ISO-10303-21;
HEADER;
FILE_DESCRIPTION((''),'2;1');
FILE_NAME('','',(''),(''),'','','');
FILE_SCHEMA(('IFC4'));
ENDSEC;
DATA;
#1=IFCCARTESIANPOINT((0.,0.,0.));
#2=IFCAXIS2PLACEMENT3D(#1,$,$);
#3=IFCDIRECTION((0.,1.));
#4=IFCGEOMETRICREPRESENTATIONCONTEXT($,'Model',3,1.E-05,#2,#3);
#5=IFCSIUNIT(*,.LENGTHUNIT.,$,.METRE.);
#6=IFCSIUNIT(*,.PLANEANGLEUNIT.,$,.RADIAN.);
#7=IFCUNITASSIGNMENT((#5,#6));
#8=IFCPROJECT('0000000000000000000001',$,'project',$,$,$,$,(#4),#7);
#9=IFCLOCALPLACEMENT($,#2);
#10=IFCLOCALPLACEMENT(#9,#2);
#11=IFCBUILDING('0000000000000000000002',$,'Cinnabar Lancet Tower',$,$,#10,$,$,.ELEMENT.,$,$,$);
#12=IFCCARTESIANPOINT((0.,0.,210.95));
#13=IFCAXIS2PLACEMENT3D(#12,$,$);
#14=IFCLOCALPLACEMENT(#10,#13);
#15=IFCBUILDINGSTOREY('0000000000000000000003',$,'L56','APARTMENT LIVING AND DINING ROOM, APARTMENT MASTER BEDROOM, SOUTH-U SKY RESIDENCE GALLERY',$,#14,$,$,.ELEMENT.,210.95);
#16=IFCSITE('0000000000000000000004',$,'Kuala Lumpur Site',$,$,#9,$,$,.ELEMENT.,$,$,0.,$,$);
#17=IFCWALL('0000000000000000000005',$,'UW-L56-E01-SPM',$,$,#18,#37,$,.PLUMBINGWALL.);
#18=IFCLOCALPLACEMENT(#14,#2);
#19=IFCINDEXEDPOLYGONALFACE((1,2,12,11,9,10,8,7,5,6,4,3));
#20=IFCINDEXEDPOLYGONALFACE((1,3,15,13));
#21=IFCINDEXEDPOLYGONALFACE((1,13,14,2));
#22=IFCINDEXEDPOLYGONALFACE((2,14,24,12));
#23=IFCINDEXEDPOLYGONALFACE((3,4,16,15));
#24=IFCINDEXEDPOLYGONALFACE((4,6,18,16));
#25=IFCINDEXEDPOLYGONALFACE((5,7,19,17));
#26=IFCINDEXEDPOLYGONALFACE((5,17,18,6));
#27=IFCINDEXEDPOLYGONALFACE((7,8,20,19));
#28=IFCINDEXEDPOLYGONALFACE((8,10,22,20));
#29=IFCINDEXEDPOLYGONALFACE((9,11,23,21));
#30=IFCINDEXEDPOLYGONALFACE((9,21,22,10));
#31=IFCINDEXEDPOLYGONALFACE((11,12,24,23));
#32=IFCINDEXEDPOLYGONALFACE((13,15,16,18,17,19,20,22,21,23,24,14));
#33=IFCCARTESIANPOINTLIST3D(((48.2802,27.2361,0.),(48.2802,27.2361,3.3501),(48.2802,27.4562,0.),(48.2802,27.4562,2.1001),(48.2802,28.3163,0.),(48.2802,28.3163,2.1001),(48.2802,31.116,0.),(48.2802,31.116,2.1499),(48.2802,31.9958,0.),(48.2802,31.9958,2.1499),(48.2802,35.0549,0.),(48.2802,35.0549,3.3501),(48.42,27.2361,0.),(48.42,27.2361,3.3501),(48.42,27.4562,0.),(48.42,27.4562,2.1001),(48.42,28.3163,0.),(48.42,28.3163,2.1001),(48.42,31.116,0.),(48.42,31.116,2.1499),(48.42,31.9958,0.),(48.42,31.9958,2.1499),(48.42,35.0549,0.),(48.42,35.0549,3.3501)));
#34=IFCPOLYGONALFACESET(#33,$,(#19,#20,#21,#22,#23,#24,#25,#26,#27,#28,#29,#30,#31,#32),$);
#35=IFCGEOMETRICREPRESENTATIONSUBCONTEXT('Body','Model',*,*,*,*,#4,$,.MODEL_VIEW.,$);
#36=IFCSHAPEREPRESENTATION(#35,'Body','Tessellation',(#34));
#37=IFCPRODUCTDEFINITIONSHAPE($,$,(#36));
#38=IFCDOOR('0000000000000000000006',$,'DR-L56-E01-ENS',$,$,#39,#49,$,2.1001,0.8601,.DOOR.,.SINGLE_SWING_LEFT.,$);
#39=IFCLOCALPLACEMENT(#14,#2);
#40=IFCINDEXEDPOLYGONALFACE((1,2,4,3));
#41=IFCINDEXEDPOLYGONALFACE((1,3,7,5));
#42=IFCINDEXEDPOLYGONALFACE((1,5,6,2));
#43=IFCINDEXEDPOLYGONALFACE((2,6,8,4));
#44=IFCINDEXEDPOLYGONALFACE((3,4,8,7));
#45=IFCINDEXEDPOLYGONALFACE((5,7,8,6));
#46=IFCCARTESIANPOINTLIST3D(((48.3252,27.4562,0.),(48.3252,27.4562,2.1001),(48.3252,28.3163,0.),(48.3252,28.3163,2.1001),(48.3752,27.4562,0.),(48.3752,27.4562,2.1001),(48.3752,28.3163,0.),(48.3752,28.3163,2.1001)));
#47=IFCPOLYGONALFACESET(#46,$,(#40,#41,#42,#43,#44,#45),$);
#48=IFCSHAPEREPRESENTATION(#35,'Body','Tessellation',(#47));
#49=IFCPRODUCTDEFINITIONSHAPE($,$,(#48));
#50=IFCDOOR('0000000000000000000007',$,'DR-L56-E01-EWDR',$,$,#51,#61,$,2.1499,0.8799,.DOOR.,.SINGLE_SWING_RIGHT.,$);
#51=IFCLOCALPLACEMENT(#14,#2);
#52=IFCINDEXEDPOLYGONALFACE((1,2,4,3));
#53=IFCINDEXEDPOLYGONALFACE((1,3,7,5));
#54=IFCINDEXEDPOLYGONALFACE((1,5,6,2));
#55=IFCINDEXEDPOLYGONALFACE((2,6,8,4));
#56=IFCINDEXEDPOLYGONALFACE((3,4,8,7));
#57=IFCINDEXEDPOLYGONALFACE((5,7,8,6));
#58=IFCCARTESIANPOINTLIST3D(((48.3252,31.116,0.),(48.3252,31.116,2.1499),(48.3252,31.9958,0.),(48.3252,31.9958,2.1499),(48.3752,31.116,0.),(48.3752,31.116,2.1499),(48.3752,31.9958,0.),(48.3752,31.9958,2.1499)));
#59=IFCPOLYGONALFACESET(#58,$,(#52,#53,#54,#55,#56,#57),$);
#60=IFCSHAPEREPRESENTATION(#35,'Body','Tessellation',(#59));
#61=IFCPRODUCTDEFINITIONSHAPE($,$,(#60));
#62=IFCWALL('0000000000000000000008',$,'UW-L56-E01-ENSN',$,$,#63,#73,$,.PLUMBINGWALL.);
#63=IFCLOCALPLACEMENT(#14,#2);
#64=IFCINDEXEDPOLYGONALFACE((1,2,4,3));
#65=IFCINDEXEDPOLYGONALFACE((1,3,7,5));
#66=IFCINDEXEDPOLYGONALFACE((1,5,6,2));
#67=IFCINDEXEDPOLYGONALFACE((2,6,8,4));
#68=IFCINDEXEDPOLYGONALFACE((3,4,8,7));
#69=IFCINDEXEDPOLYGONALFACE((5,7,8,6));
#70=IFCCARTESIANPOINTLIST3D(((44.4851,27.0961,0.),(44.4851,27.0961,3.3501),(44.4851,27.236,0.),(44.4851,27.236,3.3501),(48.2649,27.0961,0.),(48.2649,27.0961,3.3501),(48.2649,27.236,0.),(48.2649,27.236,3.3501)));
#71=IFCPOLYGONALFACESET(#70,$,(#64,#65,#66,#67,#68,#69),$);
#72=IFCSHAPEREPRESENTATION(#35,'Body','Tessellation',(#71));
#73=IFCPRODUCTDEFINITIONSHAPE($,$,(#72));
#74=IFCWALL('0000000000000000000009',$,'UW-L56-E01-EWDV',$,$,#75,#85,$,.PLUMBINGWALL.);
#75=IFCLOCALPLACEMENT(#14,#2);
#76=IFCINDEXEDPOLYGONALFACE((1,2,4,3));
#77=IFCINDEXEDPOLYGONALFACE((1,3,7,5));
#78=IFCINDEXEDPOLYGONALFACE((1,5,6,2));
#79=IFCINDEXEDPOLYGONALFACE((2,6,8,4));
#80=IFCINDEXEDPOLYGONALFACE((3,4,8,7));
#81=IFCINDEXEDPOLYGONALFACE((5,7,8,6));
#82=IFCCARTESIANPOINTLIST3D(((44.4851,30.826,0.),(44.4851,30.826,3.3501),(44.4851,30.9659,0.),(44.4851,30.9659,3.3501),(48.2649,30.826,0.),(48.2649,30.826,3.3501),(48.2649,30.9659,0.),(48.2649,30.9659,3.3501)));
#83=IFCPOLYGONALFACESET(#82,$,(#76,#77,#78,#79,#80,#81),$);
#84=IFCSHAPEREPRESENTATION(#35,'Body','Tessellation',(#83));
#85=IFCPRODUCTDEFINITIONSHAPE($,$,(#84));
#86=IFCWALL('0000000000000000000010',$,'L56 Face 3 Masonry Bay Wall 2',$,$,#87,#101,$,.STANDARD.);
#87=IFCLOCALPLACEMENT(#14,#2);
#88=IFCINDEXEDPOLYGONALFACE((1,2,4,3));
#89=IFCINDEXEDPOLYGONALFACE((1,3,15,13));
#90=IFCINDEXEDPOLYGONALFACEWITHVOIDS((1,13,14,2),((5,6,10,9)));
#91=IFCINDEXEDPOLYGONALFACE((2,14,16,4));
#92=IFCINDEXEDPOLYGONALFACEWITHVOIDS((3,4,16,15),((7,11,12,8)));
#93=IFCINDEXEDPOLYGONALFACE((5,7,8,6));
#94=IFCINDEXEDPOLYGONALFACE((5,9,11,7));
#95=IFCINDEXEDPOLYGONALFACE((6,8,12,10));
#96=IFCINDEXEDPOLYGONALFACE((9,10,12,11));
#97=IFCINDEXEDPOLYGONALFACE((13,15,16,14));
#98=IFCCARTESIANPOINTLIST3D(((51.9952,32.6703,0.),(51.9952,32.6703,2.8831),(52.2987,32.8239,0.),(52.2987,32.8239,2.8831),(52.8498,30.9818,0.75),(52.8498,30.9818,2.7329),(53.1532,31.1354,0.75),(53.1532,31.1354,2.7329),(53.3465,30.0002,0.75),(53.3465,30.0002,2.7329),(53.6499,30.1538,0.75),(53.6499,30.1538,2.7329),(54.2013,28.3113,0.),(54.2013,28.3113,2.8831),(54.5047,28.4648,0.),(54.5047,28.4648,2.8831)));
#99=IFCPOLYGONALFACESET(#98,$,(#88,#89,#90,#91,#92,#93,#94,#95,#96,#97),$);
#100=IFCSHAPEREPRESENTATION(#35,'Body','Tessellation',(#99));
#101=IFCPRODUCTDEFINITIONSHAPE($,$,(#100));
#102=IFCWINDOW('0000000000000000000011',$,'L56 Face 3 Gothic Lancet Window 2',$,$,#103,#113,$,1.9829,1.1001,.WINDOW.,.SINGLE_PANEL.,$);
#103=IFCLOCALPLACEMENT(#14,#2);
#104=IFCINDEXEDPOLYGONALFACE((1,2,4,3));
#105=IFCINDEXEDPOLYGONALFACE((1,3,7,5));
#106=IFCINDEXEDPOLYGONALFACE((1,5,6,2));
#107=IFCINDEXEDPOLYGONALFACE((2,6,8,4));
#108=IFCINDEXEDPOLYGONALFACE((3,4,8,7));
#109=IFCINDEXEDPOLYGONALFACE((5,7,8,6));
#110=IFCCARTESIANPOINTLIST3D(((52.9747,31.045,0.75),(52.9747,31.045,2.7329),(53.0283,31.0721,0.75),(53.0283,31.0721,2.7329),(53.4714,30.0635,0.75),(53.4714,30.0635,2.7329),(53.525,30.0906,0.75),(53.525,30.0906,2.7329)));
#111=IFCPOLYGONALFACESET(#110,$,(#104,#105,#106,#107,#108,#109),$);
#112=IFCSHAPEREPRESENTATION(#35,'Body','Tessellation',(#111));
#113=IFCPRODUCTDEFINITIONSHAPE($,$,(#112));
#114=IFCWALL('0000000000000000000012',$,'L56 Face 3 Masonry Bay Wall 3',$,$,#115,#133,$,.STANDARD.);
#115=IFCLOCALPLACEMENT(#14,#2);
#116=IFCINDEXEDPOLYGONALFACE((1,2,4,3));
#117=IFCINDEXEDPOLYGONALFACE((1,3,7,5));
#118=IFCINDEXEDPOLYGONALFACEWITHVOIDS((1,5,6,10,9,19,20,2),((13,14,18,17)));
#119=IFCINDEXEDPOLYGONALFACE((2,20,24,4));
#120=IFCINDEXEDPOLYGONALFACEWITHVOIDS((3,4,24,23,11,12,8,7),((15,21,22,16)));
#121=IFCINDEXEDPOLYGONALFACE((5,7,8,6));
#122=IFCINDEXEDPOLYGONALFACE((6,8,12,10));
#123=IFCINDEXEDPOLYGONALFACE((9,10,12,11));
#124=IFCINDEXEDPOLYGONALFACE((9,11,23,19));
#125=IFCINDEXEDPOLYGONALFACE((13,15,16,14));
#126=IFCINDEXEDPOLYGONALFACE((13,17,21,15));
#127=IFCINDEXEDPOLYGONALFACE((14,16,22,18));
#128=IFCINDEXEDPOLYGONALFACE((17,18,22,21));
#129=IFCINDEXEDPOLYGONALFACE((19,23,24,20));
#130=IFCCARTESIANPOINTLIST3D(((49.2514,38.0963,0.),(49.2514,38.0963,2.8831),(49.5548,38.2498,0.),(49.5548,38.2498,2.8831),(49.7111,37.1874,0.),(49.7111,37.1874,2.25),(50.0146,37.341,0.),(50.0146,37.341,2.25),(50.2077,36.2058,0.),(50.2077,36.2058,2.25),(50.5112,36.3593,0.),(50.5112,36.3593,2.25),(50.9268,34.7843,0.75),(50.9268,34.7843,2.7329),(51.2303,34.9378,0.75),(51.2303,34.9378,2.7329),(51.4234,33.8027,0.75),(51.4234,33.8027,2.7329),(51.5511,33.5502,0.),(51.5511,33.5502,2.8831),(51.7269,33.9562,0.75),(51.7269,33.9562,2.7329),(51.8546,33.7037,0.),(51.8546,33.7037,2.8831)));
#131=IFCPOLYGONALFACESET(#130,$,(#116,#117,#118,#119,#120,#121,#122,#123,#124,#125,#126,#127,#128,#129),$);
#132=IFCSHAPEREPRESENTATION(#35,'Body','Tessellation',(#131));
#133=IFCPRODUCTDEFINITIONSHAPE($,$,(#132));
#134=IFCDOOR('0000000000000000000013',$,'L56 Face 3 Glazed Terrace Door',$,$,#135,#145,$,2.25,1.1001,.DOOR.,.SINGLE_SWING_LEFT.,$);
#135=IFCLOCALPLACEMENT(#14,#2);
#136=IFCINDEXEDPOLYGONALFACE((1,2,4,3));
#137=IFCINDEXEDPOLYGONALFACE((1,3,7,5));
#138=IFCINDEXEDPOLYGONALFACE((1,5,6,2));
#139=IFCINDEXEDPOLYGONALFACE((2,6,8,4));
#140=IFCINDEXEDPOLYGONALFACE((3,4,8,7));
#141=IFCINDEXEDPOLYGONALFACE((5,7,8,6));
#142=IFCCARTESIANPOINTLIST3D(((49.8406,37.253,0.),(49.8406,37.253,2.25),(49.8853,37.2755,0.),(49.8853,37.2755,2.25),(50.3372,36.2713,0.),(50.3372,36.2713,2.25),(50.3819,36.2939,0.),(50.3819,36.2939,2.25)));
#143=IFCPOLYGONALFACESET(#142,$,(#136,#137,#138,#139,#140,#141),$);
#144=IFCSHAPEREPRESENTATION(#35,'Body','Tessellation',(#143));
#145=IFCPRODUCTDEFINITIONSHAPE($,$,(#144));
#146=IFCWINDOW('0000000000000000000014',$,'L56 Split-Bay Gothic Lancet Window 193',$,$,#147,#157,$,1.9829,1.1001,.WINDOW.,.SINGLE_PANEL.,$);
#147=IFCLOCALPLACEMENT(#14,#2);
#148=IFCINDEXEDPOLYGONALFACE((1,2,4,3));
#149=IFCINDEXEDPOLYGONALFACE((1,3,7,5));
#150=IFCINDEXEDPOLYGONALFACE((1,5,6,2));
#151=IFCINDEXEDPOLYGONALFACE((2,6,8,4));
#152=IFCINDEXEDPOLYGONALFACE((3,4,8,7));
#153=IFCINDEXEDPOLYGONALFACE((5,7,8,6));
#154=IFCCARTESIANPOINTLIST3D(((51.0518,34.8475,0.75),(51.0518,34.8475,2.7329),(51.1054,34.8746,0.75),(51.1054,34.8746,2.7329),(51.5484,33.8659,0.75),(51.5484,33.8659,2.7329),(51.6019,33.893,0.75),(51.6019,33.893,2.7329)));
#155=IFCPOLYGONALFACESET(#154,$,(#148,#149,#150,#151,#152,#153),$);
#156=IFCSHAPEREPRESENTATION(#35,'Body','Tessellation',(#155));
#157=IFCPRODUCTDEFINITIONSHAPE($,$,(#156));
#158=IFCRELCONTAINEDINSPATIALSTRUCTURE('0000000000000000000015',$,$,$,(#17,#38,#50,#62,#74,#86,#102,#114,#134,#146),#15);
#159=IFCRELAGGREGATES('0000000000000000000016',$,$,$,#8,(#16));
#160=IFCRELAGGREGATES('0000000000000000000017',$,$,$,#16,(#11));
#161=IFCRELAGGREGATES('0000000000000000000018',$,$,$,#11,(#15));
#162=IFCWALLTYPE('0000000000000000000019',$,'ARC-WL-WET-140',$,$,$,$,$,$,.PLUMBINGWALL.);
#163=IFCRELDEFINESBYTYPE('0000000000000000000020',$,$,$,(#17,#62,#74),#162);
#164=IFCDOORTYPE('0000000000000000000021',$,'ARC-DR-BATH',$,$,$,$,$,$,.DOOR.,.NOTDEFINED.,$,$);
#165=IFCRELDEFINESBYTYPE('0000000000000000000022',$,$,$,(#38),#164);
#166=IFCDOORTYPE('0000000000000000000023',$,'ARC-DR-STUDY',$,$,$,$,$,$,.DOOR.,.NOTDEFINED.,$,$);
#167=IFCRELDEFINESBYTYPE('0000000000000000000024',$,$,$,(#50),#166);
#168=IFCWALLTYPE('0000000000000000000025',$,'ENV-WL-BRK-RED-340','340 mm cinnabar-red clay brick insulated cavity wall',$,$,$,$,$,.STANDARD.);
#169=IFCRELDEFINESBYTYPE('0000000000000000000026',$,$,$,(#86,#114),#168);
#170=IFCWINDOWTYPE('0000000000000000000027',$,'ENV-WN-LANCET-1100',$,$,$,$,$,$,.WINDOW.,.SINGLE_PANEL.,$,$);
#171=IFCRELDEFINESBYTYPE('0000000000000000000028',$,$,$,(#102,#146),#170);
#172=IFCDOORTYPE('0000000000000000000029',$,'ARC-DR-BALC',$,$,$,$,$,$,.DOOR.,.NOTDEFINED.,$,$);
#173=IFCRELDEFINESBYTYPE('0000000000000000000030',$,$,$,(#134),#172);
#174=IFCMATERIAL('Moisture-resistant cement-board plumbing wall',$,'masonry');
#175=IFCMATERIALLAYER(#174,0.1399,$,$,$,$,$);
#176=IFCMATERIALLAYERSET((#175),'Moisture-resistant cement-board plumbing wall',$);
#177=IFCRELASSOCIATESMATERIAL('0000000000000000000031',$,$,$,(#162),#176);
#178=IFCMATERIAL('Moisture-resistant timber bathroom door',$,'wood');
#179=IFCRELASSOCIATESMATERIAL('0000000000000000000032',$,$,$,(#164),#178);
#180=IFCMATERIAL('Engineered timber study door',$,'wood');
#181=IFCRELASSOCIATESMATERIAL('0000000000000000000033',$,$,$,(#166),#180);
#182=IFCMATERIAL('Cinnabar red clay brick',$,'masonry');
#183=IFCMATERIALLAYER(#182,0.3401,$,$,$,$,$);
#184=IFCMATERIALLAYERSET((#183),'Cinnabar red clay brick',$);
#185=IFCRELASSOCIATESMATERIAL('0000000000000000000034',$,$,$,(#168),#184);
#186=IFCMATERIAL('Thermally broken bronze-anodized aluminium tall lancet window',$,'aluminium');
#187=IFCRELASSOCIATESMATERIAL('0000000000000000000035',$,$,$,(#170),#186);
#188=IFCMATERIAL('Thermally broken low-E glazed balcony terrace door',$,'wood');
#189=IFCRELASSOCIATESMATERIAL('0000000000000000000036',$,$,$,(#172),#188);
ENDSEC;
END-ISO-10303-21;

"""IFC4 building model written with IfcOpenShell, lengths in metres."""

from ifc_helpers import new_model, si_unit, direction, frame, frame_2d, origin, place, context, subcontext, project, spatial, rectangle, extrude, material, layer, layer_set, type_object, element, fill, save


model = new_model("IFC4")

# Units and contexts
model_context = context("Model", 3, precision=1e-05, world=origin(), true_north=direction((0.0, 1.0)))
body_context = subcontext(model_context, "Body", "Model", "MODEL_VIEW")
ifc_project = project(units=[si_unit("LENGTHUNIT", "METRE"), si_unit("PLANEANGLEUNIT", "RADIAN")], contexts=[model_context])

# Site, building, storey
site_placement = place(None, origin())
site = spatial("IfcSite", under=ifc_project, at=site_placement, Name="Kuala Lumpur Site", CompositionType="ELEMENT", RefElevation=0.0)
building_placement = place(site_placement, origin())
building = spatial("IfcBuilding", under=site, at=building_placement, Name="Cinnabar Lancet Tower", CompositionType="ELEMENT")
storey_placement = place(building_placement, frame((0.0, 0.0, 210.95)))
storey = spatial("IfcBuildingStorey", under=building, at=storey_placement, Name="L56", Description="APARTMENT LIVING AND DINING ROOM, APARTMENT MASTER BEDROOM, SOUTH-U SKY RESIDENCE GALLERY", CompositionType="ELEMENT", Elevation=210.95)

# Wall, openings, doors
ifc_material_1 = material(Name="Moisture-resistant cement-board plumbing wall", Category="masonry")
ifc_layer_1 = layer(ifc_material_1, 0.1399)
ifc_layer_set_1 = layer_set([ifc_layer_1], Name="Moisture-resistant cement-board plumbing wall")
wall_type_1 = type_object("IfcWallType", Name="ARC-WL-WET-140", PredefinedType="PLUMBINGWALL", material=ifc_layer_set_1)
wall_1_placement = place(storey_placement, frame((48.3501, 27.2361, 0.0), z_axis=(0.0, 0.0, 1.0), x_axis=(0.0, 1.0, 0.0)))
wall_1 = element("IfcWall", 1, at=wall_1_placement, inside=storey, type_object=wall_type_1, Name="UW-L56-E01-SPM", PredefinedType="PLUMBINGWALL", context=body_context, shape_type="SweptSolid", body=[
    extrude(rectangle(XDim=7.8188, YDim=0.1399, at=frame_2d((3.9094, 0.0))), origin(), (0.0, 0.0, 1.0), 3.3501),
])
opening_1_placement = place(wall_1_placement, frame((0.22, 0.0, 0.0)))
opening_1 = element("IfcOpeningElement", 2, at=opening_1_placement, cuts=wall_1, PredefinedType="OPENING", context=body_context, shape_type="SweptSolid", body=[
    extrude(rectangle(XDim=0.8601, YDim=2.1001, at=frame_2d((0.4302, 1.05))), frame((0.0, 0.0798, 0.0), z_axis=(0.0, -1.0, 0.0), x_axis=(1.0, 0.0, 0.0)), (0.0, 0.0, 1.0), 0.1599),
])
opening_2_placement = place(wall_1_placement, frame((3.8799, 0.0, 0.0)))
opening_2 = element("IfcOpeningElement", 3, at=opening_2_placement, cuts=wall_1, PredefinedType="OPENING", context=body_context, shape_type="SweptSolid", body=[
    extrude(rectangle(XDim=0.8799, YDim=2.1499, at=frame_2d((0.4399, 1.075))), frame((0.0, 0.0798, 0.0), z_axis=(0.0, -1.0, 0.0), x_axis=(1.0, 0.0, 0.0)), (0.0, 0.0, 1.0), 0.1599),
])
ifc_material_2 = material(Name="Moisture-resistant timber bathroom door", Category="wood")
door_type_1 = type_object("IfcDoorType", Name="ARC-DR-BATH", OperationType="NOTDEFINED", PredefinedType="DOOR", material=ifc_material_2)
door_1_placement = place(opening_1_placement, origin())
door_1 = element("IfcDoor", 4, at=door_1_placement, inside=storey, type_object=door_type_1, Name="DR-L56-E01-ENS", OperationType="SINGLE_SWING_LEFT", OverallHeight=2.1001, OverallWidth=0.8601, PredefinedType="DOOR", context=body_context, shape_type="SweptSolid", body=[
    extrude(rectangle(XDim=0.8601, YDim=2.1001, at=frame_2d((0.4302, 1.05))), frame((0.0, 0.0249, 0.0), z_axis=(0.0, -1.0, 0.0), x_axis=(1.0, 0.0, 0.0)), (0.0, 0.0, 1.0), 0.05),
])
fill(opening_1, door_1)
ifc_material_3 = material(Name="Engineered timber study door", Category="wood")
door_type_2 = type_object("IfcDoorType", Name="ARC-DR-STUDY", OperationType="NOTDEFINED", PredefinedType="DOOR", material=ifc_material_3)
door_2_placement = place(opening_2_placement, origin())
door_2 = element("IfcDoor", 5, at=door_2_placement, inside=storey, type_object=door_type_2, Name="DR-L56-E01-EWDR", OperationType="SINGLE_SWING_RIGHT", OverallHeight=2.1499, OverallWidth=0.8799, PredefinedType="DOOR", context=body_context, shape_type="SweptSolid", body=[
    extrude(rectangle(XDim=0.8799, YDim=2.1499, at=frame_2d((0.4399, 1.075))), frame((0.0, 0.0249, 0.0), z_axis=(0.0, -1.0, 0.0), x_axis=(1.0, 0.0, 0.0)), (0.0, 0.0, 1.0), 0.05),
])
fill(opening_2, door_2)

# Walls
for number, where, z_axis, x_axis, name in (
    (6, (44.4851, 27.166, 0.0), (0.0, 0.0, 1.0), (1.0, 0.0, 0.0), "UW-L56-E01-ENSN"),
    (7, (44.4851, 30.896, 0.0), (0.0, 0.0, 1.0), (1.0, 0.0, 0.0), "UW-L56-E01-EWDV"),
):
    element("IfcWall", number, at=place(storey_placement, frame(where, z_axis=z_axis, x_axis=x_axis)), inside=storey, type_object=wall_type_1, Name=name, PredefinedType="PLUMBINGWALL", context=body_context, shape_type="SweptSolid", body=[
        extrude(rectangle(XDim=3.7798, YDim=0.1399, at=frame_2d((1.8899, 0.0))), origin(), (0.0, 0.0, 1.0), 3.3501),
    ])

# Wall, opening, window
ifc_material_4 = material(Name="Cinnabar red clay brick", Category="masonry")
ifc_layer_2 = layer(ifc_material_4, 0.3401)
ifc_layer_set_2 = layer_set([ifc_layer_2], Name="Cinnabar red clay brick")
wall_type_2 = type_object("IfcWallType", Name="ENV-WL-BRK-RED-340", Description="340 mm cinnabar-red clay brick insulated cavity wall", PredefinedType="STANDARD", material=ifc_layer_set_2)
wall_2_placement = place(storey_placement, frame((54.353, 28.3879, 0.0), z_axis=(0.0, 0.0, 1.0), x_axis=(-0.451546, 0.892248, 0.0)))
wall_2 = element("IfcWall", 8, at=wall_2_placement, inside=storey, type_object=wall_type_2, Name="L56 Face 3 Masonry Bay Wall 2", PredefinedType="STANDARD", context=body_context, shape_type="SweptSolid", body=[
    extrude(rectangle(XDim=4.8855, YDim=0.3401, at=frame_2d((2.4429, 0.0))), origin(), (0.0, 0.0, 1.0), 2.8831),
])
opening_3_placement = place(wall_2_placement, frame((1.8931, 0.0, 0.75)))
opening_3 = element("IfcOpeningElement", 9, at=opening_3_placement, cuts=wall_2, PredefinedType="OPENING", context=body_context, shape_type="SweptSolid", body=[
    extrude(rectangle(XDim=1.1001, YDim=1.9829, at=frame_2d((0.55, 0.9915))), frame((0.0, 0.1799, 0.0), z_axis=(0.0, -1.0, 0.0), x_axis=(1.0, 0.0, 0.0)), (0.0, 0.0, 1.0), 0.3601),
])
ifc_material_5 = material(Name="Thermally broken bronze-anodized aluminium tall lancet window", Category="aluminium")
window_type = type_object("IfcWindowType", Name="ENV-WN-LANCET-1100", PartitioningType="SINGLE_PANEL", PredefinedType="WINDOW", material=ifc_material_5)
window_1_placement = place(opening_3_placement, origin())
window_1 = element("IfcWindow", 10, at=window_1_placement, inside=storey, type_object=window_type, Name="L56 Face 3 Gothic Lancet Window 2", OverallHeight=1.9829, OverallWidth=1.1001, PartitioningType="SINGLE_PANEL", PredefinedType="WINDOW", context=body_context, shape_type="SweptSolid", body=[
    extrude(rectangle(XDim=1.1001, YDim=1.9829, at=frame_2d((0.55, 0.9915))), frame((0.0, 0.03, 0.0), z_axis=(0.0, -1.0, 0.0), x_axis=(1.0, 0.0, 0.0)), (0.0, 0.0, 1.0), 0.0601),
])
fill(opening_3, window_1)

# Wall, openings, door, window
wall_3_placement = place(storey_placement, frame((51.7029, 33.627, 0.0), z_axis=(0.0, 0.0, 1.0), x_axis=(-0.451406, 0.892318, 0.0)))
wall_3 = element("IfcWall", 11, at=wall_3_placement, inside=storey, type_object=wall_type_2, Name="L56 Face 3 Masonry Bay Wall 3", PredefinedType="STANDARD", context=body_context, shape_type="SweptSolid", body=[
    extrude(rectangle(XDim=5.0947, YDim=0.3401, at=frame_2d((2.5474, 0.0))), origin(), (0.0, 0.0, 1.0), 2.8831),
])
opening_4_placement = place(wall_3_placement, frame((2.9761, 0.0, 0.0)))
opening_4 = element("IfcOpeningElement", 12, at=opening_4_placement, cuts=wall_3, PredefinedType="OPENING", context=body_context, shape_type="SweptSolid", body=[
    extrude(rectangle(XDim=1.1001, YDim=2.25, at=frame_2d((0.55, 1.125))), frame((0.0, 0.1799, 0.0), z_axis=(0.0, -1.0, 0.0), x_axis=(1.0, 0.0, 0.0)), (0.0, 0.0, 1.0), 0.3601),
])
opening_5_placement = place(wall_3_placement, frame((0.283, 0.0, 0.75)))
opening_5 = element("IfcOpeningElement", 13, at=opening_5_placement, cuts=wall_3, PredefinedType="OPENING", context=body_context, shape_type="SweptSolid", body=[
    extrude(rectangle(XDim=1.1001, YDim=1.9829, at=frame_2d((0.55, 0.9915))), frame((0.0, 0.1799, 0.0), z_axis=(0.0, -1.0, 0.0), x_axis=(1.0, 0.0, 0.0)), (0.0, 0.0, 1.0), 0.3601),
])
ifc_material_6 = material(Name="Thermally broken low-E glazed balcony terrace door", Category="wood")
door_type_3 = type_object("IfcDoorType", Name="ARC-DR-BALC", OperationType="NOTDEFINED", PredefinedType="DOOR", material=ifc_material_6)
door_3_placement = place(opening_4_placement, origin())
door_3 = element("IfcDoor", 14, at=door_3_placement, inside=storey, type_object=door_type_3, Name="L56 Face 3 Glazed Terrace Door", OperationType="SINGLE_SWING_LEFT", OverallHeight=2.25, OverallWidth=1.1001, PredefinedType="DOOR", context=body_context, shape_type="SweptSolid", body=[
    extrude(rectangle(XDim=1.1001, YDim=2.25, at=frame_2d((0.55, 1.125))), frame((0.0, 0.0249, 0.0), z_axis=(0.0, -1.0, 0.0), x_axis=(1.0, 0.0, 0.0)), (0.0, 0.0, 1.0), 0.05),
])
fill(opening_4, door_3)
window_2_placement = place(opening_5_placement, origin())
window_2 = element("IfcWindow", 15, at=window_2_placement, inside=storey, type_object=window_type, Name="L56 Split-Bay Gothic Lancet Window 193", OverallHeight=1.9829, OverallWidth=1.1001, PartitioningType="SINGLE_PANEL", PredefinedType="WINDOW", context=body_context, shape_type="SweptSolid", body=[
    extrude(rectangle(XDim=1.1001, YDim=1.9829, at=frame_2d((0.55, 0.9915))), frame((0.0, 0.03, 0.0), z_axis=(0.0, -1.0, 0.0), x_axis=(1.0, 0.0, 0.0)), (0.0, 0.0, 1.0), 0.0601),
])
fill(opening_5, window_2)

save(model, "model.ifc")
